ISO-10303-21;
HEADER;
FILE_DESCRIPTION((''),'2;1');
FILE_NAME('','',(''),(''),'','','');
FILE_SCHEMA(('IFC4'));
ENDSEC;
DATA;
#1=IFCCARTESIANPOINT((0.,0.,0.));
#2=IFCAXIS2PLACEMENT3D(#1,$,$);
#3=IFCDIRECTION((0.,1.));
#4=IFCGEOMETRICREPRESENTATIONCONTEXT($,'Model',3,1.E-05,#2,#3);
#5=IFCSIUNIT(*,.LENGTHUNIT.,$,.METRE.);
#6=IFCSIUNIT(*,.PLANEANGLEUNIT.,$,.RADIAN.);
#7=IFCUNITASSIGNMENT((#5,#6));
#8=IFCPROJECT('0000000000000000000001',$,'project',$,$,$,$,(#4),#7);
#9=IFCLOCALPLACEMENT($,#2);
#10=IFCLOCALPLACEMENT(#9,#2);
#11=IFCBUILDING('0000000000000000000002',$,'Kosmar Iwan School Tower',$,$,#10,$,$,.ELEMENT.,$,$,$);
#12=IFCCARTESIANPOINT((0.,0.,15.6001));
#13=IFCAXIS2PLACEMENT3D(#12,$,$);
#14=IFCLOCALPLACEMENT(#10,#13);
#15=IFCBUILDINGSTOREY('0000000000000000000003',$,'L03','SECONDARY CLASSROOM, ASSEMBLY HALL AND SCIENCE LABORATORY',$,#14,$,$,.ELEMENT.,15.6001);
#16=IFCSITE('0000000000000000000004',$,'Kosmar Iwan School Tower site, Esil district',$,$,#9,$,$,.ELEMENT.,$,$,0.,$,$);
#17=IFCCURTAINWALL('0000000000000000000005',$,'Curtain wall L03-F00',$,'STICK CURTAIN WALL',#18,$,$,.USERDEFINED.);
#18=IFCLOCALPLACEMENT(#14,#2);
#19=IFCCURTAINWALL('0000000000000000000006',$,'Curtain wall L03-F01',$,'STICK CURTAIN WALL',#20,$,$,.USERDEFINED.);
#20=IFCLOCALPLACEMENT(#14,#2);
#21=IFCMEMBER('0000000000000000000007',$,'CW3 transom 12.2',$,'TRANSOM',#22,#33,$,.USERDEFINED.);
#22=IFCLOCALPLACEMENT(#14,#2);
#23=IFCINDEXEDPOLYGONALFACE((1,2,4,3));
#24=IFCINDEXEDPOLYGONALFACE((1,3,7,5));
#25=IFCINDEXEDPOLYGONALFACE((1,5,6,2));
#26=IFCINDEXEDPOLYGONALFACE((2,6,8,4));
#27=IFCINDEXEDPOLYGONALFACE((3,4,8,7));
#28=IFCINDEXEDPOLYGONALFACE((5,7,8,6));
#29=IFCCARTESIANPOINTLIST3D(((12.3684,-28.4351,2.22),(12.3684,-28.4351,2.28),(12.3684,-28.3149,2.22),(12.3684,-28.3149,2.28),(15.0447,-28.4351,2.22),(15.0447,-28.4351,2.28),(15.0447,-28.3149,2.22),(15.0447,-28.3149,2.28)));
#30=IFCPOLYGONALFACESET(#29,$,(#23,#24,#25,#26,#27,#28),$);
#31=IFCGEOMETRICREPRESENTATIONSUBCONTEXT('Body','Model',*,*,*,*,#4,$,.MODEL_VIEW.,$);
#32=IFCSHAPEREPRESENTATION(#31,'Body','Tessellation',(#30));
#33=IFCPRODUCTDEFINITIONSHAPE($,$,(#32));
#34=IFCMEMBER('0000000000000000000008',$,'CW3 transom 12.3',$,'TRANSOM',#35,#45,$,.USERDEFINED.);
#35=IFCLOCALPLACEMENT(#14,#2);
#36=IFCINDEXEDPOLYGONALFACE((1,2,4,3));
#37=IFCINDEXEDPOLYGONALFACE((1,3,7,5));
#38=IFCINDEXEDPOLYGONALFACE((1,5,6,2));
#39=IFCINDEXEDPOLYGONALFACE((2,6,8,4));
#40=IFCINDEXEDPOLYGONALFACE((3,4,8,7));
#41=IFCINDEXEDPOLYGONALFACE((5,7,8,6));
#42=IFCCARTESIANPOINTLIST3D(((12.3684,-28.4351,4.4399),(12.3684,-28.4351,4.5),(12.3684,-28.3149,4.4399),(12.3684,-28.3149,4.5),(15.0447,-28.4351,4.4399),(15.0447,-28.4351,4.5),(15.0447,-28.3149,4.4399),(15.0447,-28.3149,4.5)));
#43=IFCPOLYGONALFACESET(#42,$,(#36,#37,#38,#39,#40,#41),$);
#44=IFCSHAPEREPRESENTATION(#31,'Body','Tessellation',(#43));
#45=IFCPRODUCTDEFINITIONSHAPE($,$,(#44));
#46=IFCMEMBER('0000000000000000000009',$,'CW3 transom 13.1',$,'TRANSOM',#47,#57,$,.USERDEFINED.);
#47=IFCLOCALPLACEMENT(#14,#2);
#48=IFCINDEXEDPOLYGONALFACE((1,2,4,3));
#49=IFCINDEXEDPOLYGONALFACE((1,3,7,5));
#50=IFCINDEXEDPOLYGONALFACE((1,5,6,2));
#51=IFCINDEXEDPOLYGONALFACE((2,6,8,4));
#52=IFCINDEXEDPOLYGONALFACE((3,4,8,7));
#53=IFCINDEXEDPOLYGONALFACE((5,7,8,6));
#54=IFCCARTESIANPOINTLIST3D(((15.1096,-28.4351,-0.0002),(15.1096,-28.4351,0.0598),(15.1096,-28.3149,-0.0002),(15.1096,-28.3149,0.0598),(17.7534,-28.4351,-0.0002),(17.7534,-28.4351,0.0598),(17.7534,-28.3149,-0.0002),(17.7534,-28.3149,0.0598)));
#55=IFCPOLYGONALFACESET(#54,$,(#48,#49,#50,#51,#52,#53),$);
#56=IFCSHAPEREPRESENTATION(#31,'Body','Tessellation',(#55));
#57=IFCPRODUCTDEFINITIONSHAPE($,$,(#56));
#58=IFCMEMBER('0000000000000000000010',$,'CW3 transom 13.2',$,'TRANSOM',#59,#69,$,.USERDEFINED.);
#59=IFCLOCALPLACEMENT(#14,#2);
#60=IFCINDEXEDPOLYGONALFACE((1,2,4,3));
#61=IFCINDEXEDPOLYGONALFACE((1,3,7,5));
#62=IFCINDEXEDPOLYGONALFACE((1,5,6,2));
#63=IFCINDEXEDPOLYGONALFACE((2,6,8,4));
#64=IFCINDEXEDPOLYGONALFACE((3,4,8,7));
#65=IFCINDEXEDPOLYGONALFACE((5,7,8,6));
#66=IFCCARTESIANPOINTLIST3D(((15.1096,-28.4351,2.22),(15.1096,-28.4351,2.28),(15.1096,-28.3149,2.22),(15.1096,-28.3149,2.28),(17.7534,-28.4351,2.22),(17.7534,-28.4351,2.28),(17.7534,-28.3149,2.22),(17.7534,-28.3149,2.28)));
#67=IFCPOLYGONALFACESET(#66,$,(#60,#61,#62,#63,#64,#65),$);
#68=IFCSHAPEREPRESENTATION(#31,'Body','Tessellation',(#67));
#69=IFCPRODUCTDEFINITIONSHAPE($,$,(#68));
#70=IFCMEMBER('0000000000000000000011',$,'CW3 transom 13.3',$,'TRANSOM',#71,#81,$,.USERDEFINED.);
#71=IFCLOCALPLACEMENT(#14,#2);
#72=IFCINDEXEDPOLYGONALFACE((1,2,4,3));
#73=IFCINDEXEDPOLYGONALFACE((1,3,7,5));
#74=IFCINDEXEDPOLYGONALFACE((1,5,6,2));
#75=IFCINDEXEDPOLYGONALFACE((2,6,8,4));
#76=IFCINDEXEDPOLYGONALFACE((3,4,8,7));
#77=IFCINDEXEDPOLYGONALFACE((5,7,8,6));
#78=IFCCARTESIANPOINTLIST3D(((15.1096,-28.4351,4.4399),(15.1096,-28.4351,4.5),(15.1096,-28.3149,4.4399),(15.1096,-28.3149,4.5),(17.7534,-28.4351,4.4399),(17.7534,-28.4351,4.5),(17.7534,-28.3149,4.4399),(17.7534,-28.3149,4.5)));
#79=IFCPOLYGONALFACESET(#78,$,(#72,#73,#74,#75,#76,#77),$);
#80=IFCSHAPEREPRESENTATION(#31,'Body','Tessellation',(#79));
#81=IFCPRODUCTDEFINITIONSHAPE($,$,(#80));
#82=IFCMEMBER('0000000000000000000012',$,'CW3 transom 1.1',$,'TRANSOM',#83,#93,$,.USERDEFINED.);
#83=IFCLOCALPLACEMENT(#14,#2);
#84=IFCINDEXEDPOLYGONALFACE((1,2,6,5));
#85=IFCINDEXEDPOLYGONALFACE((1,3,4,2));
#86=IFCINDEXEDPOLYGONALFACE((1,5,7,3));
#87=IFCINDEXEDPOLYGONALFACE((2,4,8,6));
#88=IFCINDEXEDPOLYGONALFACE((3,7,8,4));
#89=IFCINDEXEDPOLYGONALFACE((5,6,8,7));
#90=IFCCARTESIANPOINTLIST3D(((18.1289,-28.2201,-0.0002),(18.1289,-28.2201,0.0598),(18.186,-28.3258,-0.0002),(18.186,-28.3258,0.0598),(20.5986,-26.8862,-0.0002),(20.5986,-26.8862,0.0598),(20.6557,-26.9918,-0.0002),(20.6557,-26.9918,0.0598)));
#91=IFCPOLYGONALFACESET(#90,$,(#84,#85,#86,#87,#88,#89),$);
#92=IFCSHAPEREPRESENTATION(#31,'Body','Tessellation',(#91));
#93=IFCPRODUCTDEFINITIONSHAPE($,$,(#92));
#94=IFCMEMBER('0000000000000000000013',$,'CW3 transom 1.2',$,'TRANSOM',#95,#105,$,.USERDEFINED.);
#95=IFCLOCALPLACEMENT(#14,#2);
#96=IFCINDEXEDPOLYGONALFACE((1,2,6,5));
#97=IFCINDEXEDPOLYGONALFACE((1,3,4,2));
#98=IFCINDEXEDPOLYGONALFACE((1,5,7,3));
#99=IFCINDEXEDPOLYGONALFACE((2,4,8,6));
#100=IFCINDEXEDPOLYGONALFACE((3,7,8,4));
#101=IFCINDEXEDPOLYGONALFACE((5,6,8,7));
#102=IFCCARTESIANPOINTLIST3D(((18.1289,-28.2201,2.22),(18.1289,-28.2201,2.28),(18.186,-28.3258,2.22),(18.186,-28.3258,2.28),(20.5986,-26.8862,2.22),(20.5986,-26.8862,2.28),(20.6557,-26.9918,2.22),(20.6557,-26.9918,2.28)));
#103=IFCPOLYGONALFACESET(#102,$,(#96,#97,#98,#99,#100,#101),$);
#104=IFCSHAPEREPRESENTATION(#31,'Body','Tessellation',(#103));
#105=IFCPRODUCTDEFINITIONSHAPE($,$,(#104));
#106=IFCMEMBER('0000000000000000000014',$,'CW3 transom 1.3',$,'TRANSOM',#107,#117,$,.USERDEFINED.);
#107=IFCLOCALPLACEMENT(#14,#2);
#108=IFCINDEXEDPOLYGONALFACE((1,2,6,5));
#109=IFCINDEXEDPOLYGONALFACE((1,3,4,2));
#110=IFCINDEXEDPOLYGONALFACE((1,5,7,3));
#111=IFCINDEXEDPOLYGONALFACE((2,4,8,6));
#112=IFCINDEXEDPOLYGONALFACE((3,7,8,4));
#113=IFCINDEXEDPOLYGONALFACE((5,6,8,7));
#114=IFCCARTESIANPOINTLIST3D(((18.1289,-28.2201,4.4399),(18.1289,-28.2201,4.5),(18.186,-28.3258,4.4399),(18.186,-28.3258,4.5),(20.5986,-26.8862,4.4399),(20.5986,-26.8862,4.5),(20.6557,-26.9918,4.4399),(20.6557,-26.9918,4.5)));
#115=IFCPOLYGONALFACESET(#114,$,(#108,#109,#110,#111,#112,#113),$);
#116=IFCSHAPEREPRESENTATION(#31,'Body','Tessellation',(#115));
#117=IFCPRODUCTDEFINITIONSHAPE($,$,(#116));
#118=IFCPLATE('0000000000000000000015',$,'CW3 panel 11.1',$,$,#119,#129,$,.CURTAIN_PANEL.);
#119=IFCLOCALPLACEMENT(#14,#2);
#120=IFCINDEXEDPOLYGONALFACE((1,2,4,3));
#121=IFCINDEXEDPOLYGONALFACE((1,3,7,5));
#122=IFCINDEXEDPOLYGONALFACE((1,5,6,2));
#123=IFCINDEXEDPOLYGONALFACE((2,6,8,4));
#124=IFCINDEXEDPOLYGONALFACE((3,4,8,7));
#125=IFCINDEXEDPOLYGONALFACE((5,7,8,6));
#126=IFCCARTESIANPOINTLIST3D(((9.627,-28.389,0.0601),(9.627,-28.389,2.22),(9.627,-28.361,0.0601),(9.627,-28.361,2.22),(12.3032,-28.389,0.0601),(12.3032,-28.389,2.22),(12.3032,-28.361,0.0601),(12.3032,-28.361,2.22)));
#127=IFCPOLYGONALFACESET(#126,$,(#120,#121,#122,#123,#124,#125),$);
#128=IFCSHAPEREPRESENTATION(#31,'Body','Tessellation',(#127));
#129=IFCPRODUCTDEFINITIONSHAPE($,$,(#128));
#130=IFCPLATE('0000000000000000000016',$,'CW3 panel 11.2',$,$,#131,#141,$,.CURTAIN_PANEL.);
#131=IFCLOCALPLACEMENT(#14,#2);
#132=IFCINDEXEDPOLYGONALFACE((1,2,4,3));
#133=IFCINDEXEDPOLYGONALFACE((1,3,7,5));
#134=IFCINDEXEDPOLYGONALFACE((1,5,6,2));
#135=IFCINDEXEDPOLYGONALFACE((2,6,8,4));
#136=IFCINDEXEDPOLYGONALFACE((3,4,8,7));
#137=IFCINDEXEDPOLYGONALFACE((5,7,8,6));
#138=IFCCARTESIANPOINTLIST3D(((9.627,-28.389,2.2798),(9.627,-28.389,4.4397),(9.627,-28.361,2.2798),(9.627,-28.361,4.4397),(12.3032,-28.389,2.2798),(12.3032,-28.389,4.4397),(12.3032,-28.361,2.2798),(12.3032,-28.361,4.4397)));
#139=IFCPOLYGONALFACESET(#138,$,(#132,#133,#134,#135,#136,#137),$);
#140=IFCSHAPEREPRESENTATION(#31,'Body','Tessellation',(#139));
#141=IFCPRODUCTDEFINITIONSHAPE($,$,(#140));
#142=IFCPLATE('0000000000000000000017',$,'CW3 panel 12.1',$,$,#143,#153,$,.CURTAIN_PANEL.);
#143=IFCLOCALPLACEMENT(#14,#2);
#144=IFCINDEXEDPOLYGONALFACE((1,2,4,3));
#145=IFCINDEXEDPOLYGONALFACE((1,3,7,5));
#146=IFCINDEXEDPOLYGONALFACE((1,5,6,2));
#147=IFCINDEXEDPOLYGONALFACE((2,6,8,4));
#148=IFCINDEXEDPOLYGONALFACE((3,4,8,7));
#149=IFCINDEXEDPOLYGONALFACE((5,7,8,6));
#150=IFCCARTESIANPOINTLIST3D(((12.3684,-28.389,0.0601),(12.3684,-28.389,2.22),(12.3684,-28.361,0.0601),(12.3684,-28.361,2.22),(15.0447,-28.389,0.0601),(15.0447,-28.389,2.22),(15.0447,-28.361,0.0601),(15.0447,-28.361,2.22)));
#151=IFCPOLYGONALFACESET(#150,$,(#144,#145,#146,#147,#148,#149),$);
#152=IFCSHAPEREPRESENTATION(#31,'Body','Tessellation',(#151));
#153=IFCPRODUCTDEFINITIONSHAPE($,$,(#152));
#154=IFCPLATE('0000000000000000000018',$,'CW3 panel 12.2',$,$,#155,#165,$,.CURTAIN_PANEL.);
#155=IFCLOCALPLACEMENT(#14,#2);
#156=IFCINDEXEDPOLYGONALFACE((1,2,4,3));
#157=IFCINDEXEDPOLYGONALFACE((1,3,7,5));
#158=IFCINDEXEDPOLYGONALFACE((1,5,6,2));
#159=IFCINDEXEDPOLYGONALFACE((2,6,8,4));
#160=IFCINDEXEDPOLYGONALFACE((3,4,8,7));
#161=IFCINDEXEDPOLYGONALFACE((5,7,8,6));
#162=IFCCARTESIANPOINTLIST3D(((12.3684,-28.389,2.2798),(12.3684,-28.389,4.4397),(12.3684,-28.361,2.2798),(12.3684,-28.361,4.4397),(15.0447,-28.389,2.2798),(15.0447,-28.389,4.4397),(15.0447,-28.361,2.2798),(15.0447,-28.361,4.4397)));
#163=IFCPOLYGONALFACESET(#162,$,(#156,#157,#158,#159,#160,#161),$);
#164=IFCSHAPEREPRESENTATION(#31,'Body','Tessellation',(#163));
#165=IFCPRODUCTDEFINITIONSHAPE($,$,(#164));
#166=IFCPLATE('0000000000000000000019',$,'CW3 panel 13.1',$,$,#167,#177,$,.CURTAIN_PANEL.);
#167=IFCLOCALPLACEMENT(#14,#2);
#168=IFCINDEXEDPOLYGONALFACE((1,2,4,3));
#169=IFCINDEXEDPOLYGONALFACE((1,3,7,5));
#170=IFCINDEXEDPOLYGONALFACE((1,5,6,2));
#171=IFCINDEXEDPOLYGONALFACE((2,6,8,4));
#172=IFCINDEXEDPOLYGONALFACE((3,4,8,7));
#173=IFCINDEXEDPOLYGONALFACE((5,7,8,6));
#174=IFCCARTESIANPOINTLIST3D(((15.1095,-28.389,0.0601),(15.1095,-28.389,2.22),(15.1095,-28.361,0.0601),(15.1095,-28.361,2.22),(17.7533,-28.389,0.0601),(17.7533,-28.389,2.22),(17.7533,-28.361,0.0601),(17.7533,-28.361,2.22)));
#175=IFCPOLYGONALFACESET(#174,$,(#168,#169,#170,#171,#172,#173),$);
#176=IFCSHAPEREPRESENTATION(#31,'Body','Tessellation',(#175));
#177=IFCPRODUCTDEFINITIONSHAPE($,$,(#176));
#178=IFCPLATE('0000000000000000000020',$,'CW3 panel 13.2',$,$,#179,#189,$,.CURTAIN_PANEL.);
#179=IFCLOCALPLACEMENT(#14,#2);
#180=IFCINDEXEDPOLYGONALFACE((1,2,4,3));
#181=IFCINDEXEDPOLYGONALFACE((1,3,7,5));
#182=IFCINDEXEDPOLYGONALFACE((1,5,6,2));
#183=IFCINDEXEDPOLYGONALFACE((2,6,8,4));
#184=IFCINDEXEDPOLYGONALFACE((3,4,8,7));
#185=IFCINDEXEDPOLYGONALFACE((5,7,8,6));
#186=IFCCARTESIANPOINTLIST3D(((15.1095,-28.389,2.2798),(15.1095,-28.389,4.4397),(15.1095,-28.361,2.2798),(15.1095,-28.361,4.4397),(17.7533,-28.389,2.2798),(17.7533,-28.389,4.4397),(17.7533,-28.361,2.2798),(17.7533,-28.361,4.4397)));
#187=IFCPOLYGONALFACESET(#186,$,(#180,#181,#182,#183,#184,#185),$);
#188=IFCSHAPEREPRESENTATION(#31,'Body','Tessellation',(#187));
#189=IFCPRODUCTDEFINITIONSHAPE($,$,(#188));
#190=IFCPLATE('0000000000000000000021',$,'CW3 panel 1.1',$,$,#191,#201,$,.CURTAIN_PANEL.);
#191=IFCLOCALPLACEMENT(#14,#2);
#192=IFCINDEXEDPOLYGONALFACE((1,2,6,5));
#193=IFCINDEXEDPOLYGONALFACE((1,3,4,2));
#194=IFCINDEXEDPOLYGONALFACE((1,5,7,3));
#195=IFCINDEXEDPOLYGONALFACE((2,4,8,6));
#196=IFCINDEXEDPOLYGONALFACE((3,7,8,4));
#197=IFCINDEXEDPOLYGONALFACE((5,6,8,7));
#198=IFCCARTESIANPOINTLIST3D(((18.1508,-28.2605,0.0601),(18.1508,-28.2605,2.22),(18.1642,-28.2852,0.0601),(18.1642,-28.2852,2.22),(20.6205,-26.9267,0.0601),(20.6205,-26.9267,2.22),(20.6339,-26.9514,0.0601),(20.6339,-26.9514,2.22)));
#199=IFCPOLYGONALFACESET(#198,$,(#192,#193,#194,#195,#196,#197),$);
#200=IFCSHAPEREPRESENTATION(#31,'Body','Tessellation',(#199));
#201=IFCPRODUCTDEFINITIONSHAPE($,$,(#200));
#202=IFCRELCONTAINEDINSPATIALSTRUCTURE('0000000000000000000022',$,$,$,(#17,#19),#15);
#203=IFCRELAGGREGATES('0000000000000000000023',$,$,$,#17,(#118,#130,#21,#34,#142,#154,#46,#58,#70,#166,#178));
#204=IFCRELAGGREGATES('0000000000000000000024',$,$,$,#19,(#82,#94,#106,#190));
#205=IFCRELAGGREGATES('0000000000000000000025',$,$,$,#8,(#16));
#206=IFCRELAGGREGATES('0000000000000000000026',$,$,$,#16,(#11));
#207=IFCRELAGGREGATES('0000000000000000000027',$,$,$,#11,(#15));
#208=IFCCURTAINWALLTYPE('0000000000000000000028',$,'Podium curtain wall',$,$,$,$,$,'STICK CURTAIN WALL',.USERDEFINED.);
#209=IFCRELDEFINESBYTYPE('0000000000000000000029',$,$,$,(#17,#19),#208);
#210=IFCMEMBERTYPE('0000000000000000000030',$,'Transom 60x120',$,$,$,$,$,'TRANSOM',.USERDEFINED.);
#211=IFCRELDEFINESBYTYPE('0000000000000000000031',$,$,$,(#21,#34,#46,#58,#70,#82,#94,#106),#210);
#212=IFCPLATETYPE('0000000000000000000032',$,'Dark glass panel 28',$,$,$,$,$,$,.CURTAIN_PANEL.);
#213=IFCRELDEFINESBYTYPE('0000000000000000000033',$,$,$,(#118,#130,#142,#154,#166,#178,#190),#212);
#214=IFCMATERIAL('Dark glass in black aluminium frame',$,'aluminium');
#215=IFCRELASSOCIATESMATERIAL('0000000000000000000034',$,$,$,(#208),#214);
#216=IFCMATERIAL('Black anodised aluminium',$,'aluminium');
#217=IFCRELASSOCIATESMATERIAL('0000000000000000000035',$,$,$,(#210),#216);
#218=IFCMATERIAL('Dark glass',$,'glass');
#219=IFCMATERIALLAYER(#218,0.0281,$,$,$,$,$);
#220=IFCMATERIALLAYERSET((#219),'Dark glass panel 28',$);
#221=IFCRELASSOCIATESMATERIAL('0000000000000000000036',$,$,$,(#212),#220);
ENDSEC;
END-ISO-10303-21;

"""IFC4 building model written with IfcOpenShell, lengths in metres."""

from ifc_helpers import new_model, si_unit, direction, frame, origin, origin_2d, place, context, subcontext, project, spatial, rectangle, extrude, material, layer, layer_set, material_profile, profile_set, type_object, element, aggregate, save


model = new_model("IFC4")

# Units and contexts
model_context = context("Model", 3, precision=1e-05, world=origin(), true_north=direction((0.0, 1.0)))
body_context = subcontext(model_context, "Body", "Model", "MODEL_VIEW")
ifc_project = project(units=[si_unit("LENGTHUNIT", "METRE"), si_unit("PLANEANGLEUNIT", "RADIAN")], contexts=[model_context])

# Site, building, storey
site_placement = place(None, origin())
site = spatial("IfcSite", under=ifc_project, at=site_placement, Name="Kosmar Iwan School Tower site, Esil district", CompositionType="ELEMENT", RefElevation=0.0)
building_placement = place(site_placement, origin())
building = spatial("IfcBuilding", under=site, at=building_placement, Name="Kosmar Iwan School Tower", CompositionType="ELEMENT")
storey_placement = place(building_placement, frame((0.0, 0.0, 15.6001)))
storey = spatial("IfcBuildingStorey", under=building, at=storey_placement, Name="L03", Description="SECONDARY CLASSROOM, ASSEMBLY HALL AND SCIENCE LABORATORY", CompositionType="ELEMENT", Elevation=15.6001)

# Curtain wall
ifc_material_1 = material(Name="Dark glass in black aluminium frame", Category="aluminium")
curtain_wall_type = type_object("IfcCurtainWallType", Name="Podium curtain wall", ElementType="STICK CURTAIN WALL", PredefinedType="USERDEFINED", material=ifc_material_1)
curtain_wall_1_placement = place(storey_placement, origin())
curtain_wall_1 = element("IfcCurtainWall", 1, at=curtain_wall_1_placement, inside=storey, type_object=curtain_wall_type, Name="Curtain wall L03-F00", ObjectType="STICK CURTAIN WALL", PredefinedType="USERDEFINED")

# Curtain wall
curtain_wall_2_placement = place(storey_placement, origin())
curtain_wall_2 = element("IfcCurtainWall", 2, at=curtain_wall_2_placement, inside=storey, type_object=curtain_wall_type, Name="Curtain wall L03-F01", ObjectType="STICK CURTAIN WALL", PredefinedType="USERDEFINED")

# Members
ifc_material_2 = material(Name="Black anodised aluminium", Category="aluminium")
ifc_material_profile_1 = material_profile(ifc_material_2, rectangle(XDim=0.1201, YDim=0.0601, at=origin_2d()), Name="TRANSOM 60x120")
ifc_profile_set_1 = profile_set([ifc_material_profile_1], Name="Black anodised aluminium")
member_type_1 = type_object("IfcMemberType", Name="Transom 60x120", ElementType="TRANSOM", PredefinedType="USERDEFINED", material=ifc_profile_set_1)
member_1_placement = place(storey_placement, frame((12.3684, -28.375, 2.25), z_axis=(1.0, 0.0, 0.0), x_axis=(0.0, 1.0, 0.0)))
member_1 = element("IfcMember", 3, at=member_1_placement, type_object=member_type_1, Name="CW3 transom 12.2", ObjectType="TRANSOM", PredefinedType="USERDEFINED", context=body_context, shape_type="SweptSolid", body=[
    extrude(rectangle(XDim=0.1201, YDim=0.0601, at=origin_2d()), origin(), (0.0, 0.0, 1.0), 2.6763),
])
member_2_placement = place(storey_placement, frame((12.3684, -28.375, 4.47), z_axis=(1.0, 0.0, 0.0), x_axis=(0.0, 1.0, 0.0)))
member_2 = element("IfcMember", 4, at=member_2_placement, type_object=member_type_1, Name="CW3 transom 12.3", ObjectType="TRANSOM", PredefinedType="USERDEFINED", context=body_context, shape_type="SweptSolid", body=[
    extrude(rectangle(XDim=0.1201, YDim=0.0601, at=origin_2d()), origin(), (0.0, 0.0, 1.0), 2.6763),
])
member_3_placement = place(storey_placement, frame((15.1096, -28.375, 0.0298), z_axis=(1.0, 0.0, 0.0), x_axis=(0.0, 1.0, 0.0)))
member_3 = element("IfcMember", 5, at=member_3_placement, type_object=member_type_1, Name="CW3 transom 13.1", ObjectType="TRANSOM", PredefinedType="USERDEFINED", context=body_context, shape_type="SweptSolid", body=[
    extrude(rectangle(XDim=0.1201, YDim=0.0601, at=origin_2d()), origin(), (0.0, 0.0, 1.0), 2.6438),
])
member_4_placement = place(storey_placement, frame((15.1096, -28.375, 2.25), z_axis=(1.0, 0.0, 0.0), x_axis=(0.0, 1.0, 0.0)))
member_4 = element("IfcMember", 6, at=member_4_placement, type_object=member_type_1, Name="CW3 transom 13.2", ObjectType="TRANSOM", PredefinedType="USERDEFINED", context=body_context, shape_type="SweptSolid", body=[
    extrude(rectangle(XDim=0.1201, YDim=0.0601, at=origin_2d()), origin(), (0.0, 0.0, 1.0), 2.6438),
])
member_5_placement = place(storey_placement, frame((15.1096, -28.375, 4.47), z_axis=(1.0, 0.0, 0.0), x_axis=(0.0, 1.0, 0.0)))
member_5 = element("IfcMember", 7, at=member_5_placement, type_object=member_type_1, Name="CW3 transom 13.3", ObjectType="TRANSOM", PredefinedType="USERDEFINED", context=body_context, shape_type="SweptSolid", body=[
    extrude(rectangle(XDim=0.1201, YDim=0.0601, at=origin_2d()), origin(), (0.0, 0.0, 1.0), 2.6438),
])
member_6_placement = place(storey_placement, frame((18.1575, -28.2729, 0.0298), z_axis=(0.879856, 0.47524, 0.0), x_axis=(-0.47524, 0.879856, 0.0)))
member_6 = element("IfcMember", 8, at=member_6_placement, type_object=member_type_1, Name="CW3 transom 1.1", ObjectType="TRANSOM", PredefinedType="USERDEFINED", context=body_context, shape_type="SweptSolid", body=[
    extrude(rectangle(XDim=0.1201, YDim=0.0601, at=origin_2d()), origin(), (0.0, 0.0, 1.0), 2.8069),
])
member_7_placement = place(storey_placement, frame((18.1575, -28.2729, 2.25), z_axis=(0.879856, 0.47524, 0.0), x_axis=(-0.47524, 0.879856, 0.0)))
member_7 = element("IfcMember", 9, at=member_7_placement, type_object=member_type_1, Name="CW3 transom 1.2", ObjectType="TRANSOM", PredefinedType="USERDEFINED", context=body_context, shape_type="SweptSolid", body=[
    extrude(rectangle(XDim=0.1201, YDim=0.0601, at=origin_2d()), origin(), (0.0, 0.0, 1.0), 2.8069),
])
member_8_placement = place(storey_placement, frame((18.1575, -28.2729, 4.47), z_axis=(0.879856, 0.47524, 0.0), x_axis=(-0.47524, 0.879856, 0.0)))
member_8 = element("IfcMember", 10, at=member_8_placement, type_object=member_type_1, Name="CW3 transom 1.3", ObjectType="TRANSOM", PredefinedType="USERDEFINED", context=body_context, shape_type="SweptSolid", body=[
    extrude(rectangle(XDim=0.1201, YDim=0.0601, at=origin_2d()), origin(), (0.0, 0.0, 1.0), 2.8069),
])

# Plates
ifc_material_3 = material(Name="Dark glass", Category="glass")
ifc_layer = layer(ifc_material_3, 0.0281)
ifc_layer_set = layer_set([ifc_layer], Name="Dark glass panel 28")
plate_type = type_object("IfcPlateType", Name="Dark glass panel 28", PredefinedType="CURTAIN_PANEL", material=ifc_layer_set)
plate_1_placement = place(storey_placement, frame((10.9651, -28.375, 0.0601), z_axis=(0.0, 0.0, 1.0), x_axis=(1.0, 0.0, 0.0)))
plate_1 = element("IfcPlate", 11, at=plate_1_placement, type_object=plate_type, Name="CW3 panel 11.1", PredefinedType="CURTAIN_PANEL", context=body_context, shape_type="SweptSolid", body=[
    extrude(rectangle(XDim=2.6763, YDim=0.0281, at=origin_2d()), origin(), (0.0, 0.0, 1.0), 2.1599),
])
plate_2_placement = place(storey_placement, frame((10.9651, -28.375, 2.2798), z_axis=(0.0, 0.0, 1.0), x_axis=(1.0, 0.0, 0.0)))
plate_2 = element("IfcPlate", 12, at=plate_2_placement, type_object=plate_type, Name="CW3 panel 11.2", PredefinedType="CURTAIN_PANEL", context=body_context, shape_type="SweptSolid", body=[
    extrude(rectangle(XDim=2.6763, YDim=0.0281, at=origin_2d()), origin(), (0.0, 0.0, 1.0), 2.1599),
])
plate_3_placement = place(storey_placement, frame((13.7065, -28.375, 0.0601), z_axis=(0.0, 0.0, 1.0), x_axis=(1.0, 0.0, 0.0)))
plate_3 = element("IfcPlate", 13, at=plate_3_placement, type_object=plate_type, Name="CW3 panel 12.1", PredefinedType="CURTAIN_PANEL", context=body_context, shape_type="SweptSolid", body=[
    extrude(rectangle(XDim=2.6763, YDim=0.0281, at=origin_2d()), origin(), (0.0, 0.0, 1.0), 2.1599),
])
plate_4_placement = place(storey_placement, frame((13.7065, -28.375, 2.2798), z_axis=(0.0, 0.0, 1.0), x_axis=(1.0, 0.0, 0.0)))
plate_4 = element("IfcPlate", 14, at=plate_4_placement, type_object=plate_type, Name="CW3 panel 12.2", PredefinedType="CURTAIN_PANEL", context=body_context, shape_type="SweptSolid", body=[
    extrude(rectangle(XDim=2.6763, YDim=0.0281, at=origin_2d()), origin(), (0.0, 0.0, 1.0), 2.1599),
])
plate_5_placement = place(storey_placement, frame((16.4314, -28.375, 0.0601), z_axis=(0.0, 0.0, 1.0), x_axis=(1.0, 0.0, 0.0)))
plate_5 = element("IfcPlate", 15, at=plate_5_placement, type_object=plate_type, Name="CW3 panel 13.1", PredefinedType="CURTAIN_PANEL", context=body_context, shape_type="SweptSolid", body=[
    extrude(rectangle(XDim=2.6438, YDim=0.0281, at=origin_2d()), origin(), (0.0, 0.0, 1.0), 2.1599),
])
plate_6_placement = place(storey_placement, frame((16.4314, -28.375, 2.2798), z_axis=(0.0, 0.0, 1.0), x_axis=(1.0, 0.0, 0.0)))
plate_6 = element("IfcPlate", 16, at=plate_6_placement, type_object=plate_type, Name="CW3 panel 13.2", PredefinedType="CURTAIN_PANEL", context=body_context, shape_type="SweptSolid", body=[
    extrude(rectangle(XDim=2.6438, YDim=0.0281, at=origin_2d()), origin(), (0.0, 0.0, 1.0), 2.1599),
])
aggregate(curtain_wall_1, [plate_1, plate_2, member_1, member_2, plate_3, plate_4, member_3, member_4, member_5, plate_5, plate_6])
plate_7_placement = place(storey_placement, frame((19.3923, -27.606, 0.0601), z_axis=(0.0, 0.0, 1.0), x_axis=(0.879869, 0.475215, 0.0)))
plate_7 = element("IfcPlate", 17, at=plate_7_placement, type_object=plate_type, Name="CW3 panel 1.1", PredefinedType="CURTAIN_PANEL", context=body_context, shape_type="SweptSolid", body=[
    extrude(rectangle(XDim=2.8069, YDim=0.0281, at=origin_2d()), origin(), (0.0, 0.0, 1.0), 2.1599),
])
aggregate(curtain_wall_2, [member_6, member_7, member_8, plate_7])

save(model, "model.ifc")
